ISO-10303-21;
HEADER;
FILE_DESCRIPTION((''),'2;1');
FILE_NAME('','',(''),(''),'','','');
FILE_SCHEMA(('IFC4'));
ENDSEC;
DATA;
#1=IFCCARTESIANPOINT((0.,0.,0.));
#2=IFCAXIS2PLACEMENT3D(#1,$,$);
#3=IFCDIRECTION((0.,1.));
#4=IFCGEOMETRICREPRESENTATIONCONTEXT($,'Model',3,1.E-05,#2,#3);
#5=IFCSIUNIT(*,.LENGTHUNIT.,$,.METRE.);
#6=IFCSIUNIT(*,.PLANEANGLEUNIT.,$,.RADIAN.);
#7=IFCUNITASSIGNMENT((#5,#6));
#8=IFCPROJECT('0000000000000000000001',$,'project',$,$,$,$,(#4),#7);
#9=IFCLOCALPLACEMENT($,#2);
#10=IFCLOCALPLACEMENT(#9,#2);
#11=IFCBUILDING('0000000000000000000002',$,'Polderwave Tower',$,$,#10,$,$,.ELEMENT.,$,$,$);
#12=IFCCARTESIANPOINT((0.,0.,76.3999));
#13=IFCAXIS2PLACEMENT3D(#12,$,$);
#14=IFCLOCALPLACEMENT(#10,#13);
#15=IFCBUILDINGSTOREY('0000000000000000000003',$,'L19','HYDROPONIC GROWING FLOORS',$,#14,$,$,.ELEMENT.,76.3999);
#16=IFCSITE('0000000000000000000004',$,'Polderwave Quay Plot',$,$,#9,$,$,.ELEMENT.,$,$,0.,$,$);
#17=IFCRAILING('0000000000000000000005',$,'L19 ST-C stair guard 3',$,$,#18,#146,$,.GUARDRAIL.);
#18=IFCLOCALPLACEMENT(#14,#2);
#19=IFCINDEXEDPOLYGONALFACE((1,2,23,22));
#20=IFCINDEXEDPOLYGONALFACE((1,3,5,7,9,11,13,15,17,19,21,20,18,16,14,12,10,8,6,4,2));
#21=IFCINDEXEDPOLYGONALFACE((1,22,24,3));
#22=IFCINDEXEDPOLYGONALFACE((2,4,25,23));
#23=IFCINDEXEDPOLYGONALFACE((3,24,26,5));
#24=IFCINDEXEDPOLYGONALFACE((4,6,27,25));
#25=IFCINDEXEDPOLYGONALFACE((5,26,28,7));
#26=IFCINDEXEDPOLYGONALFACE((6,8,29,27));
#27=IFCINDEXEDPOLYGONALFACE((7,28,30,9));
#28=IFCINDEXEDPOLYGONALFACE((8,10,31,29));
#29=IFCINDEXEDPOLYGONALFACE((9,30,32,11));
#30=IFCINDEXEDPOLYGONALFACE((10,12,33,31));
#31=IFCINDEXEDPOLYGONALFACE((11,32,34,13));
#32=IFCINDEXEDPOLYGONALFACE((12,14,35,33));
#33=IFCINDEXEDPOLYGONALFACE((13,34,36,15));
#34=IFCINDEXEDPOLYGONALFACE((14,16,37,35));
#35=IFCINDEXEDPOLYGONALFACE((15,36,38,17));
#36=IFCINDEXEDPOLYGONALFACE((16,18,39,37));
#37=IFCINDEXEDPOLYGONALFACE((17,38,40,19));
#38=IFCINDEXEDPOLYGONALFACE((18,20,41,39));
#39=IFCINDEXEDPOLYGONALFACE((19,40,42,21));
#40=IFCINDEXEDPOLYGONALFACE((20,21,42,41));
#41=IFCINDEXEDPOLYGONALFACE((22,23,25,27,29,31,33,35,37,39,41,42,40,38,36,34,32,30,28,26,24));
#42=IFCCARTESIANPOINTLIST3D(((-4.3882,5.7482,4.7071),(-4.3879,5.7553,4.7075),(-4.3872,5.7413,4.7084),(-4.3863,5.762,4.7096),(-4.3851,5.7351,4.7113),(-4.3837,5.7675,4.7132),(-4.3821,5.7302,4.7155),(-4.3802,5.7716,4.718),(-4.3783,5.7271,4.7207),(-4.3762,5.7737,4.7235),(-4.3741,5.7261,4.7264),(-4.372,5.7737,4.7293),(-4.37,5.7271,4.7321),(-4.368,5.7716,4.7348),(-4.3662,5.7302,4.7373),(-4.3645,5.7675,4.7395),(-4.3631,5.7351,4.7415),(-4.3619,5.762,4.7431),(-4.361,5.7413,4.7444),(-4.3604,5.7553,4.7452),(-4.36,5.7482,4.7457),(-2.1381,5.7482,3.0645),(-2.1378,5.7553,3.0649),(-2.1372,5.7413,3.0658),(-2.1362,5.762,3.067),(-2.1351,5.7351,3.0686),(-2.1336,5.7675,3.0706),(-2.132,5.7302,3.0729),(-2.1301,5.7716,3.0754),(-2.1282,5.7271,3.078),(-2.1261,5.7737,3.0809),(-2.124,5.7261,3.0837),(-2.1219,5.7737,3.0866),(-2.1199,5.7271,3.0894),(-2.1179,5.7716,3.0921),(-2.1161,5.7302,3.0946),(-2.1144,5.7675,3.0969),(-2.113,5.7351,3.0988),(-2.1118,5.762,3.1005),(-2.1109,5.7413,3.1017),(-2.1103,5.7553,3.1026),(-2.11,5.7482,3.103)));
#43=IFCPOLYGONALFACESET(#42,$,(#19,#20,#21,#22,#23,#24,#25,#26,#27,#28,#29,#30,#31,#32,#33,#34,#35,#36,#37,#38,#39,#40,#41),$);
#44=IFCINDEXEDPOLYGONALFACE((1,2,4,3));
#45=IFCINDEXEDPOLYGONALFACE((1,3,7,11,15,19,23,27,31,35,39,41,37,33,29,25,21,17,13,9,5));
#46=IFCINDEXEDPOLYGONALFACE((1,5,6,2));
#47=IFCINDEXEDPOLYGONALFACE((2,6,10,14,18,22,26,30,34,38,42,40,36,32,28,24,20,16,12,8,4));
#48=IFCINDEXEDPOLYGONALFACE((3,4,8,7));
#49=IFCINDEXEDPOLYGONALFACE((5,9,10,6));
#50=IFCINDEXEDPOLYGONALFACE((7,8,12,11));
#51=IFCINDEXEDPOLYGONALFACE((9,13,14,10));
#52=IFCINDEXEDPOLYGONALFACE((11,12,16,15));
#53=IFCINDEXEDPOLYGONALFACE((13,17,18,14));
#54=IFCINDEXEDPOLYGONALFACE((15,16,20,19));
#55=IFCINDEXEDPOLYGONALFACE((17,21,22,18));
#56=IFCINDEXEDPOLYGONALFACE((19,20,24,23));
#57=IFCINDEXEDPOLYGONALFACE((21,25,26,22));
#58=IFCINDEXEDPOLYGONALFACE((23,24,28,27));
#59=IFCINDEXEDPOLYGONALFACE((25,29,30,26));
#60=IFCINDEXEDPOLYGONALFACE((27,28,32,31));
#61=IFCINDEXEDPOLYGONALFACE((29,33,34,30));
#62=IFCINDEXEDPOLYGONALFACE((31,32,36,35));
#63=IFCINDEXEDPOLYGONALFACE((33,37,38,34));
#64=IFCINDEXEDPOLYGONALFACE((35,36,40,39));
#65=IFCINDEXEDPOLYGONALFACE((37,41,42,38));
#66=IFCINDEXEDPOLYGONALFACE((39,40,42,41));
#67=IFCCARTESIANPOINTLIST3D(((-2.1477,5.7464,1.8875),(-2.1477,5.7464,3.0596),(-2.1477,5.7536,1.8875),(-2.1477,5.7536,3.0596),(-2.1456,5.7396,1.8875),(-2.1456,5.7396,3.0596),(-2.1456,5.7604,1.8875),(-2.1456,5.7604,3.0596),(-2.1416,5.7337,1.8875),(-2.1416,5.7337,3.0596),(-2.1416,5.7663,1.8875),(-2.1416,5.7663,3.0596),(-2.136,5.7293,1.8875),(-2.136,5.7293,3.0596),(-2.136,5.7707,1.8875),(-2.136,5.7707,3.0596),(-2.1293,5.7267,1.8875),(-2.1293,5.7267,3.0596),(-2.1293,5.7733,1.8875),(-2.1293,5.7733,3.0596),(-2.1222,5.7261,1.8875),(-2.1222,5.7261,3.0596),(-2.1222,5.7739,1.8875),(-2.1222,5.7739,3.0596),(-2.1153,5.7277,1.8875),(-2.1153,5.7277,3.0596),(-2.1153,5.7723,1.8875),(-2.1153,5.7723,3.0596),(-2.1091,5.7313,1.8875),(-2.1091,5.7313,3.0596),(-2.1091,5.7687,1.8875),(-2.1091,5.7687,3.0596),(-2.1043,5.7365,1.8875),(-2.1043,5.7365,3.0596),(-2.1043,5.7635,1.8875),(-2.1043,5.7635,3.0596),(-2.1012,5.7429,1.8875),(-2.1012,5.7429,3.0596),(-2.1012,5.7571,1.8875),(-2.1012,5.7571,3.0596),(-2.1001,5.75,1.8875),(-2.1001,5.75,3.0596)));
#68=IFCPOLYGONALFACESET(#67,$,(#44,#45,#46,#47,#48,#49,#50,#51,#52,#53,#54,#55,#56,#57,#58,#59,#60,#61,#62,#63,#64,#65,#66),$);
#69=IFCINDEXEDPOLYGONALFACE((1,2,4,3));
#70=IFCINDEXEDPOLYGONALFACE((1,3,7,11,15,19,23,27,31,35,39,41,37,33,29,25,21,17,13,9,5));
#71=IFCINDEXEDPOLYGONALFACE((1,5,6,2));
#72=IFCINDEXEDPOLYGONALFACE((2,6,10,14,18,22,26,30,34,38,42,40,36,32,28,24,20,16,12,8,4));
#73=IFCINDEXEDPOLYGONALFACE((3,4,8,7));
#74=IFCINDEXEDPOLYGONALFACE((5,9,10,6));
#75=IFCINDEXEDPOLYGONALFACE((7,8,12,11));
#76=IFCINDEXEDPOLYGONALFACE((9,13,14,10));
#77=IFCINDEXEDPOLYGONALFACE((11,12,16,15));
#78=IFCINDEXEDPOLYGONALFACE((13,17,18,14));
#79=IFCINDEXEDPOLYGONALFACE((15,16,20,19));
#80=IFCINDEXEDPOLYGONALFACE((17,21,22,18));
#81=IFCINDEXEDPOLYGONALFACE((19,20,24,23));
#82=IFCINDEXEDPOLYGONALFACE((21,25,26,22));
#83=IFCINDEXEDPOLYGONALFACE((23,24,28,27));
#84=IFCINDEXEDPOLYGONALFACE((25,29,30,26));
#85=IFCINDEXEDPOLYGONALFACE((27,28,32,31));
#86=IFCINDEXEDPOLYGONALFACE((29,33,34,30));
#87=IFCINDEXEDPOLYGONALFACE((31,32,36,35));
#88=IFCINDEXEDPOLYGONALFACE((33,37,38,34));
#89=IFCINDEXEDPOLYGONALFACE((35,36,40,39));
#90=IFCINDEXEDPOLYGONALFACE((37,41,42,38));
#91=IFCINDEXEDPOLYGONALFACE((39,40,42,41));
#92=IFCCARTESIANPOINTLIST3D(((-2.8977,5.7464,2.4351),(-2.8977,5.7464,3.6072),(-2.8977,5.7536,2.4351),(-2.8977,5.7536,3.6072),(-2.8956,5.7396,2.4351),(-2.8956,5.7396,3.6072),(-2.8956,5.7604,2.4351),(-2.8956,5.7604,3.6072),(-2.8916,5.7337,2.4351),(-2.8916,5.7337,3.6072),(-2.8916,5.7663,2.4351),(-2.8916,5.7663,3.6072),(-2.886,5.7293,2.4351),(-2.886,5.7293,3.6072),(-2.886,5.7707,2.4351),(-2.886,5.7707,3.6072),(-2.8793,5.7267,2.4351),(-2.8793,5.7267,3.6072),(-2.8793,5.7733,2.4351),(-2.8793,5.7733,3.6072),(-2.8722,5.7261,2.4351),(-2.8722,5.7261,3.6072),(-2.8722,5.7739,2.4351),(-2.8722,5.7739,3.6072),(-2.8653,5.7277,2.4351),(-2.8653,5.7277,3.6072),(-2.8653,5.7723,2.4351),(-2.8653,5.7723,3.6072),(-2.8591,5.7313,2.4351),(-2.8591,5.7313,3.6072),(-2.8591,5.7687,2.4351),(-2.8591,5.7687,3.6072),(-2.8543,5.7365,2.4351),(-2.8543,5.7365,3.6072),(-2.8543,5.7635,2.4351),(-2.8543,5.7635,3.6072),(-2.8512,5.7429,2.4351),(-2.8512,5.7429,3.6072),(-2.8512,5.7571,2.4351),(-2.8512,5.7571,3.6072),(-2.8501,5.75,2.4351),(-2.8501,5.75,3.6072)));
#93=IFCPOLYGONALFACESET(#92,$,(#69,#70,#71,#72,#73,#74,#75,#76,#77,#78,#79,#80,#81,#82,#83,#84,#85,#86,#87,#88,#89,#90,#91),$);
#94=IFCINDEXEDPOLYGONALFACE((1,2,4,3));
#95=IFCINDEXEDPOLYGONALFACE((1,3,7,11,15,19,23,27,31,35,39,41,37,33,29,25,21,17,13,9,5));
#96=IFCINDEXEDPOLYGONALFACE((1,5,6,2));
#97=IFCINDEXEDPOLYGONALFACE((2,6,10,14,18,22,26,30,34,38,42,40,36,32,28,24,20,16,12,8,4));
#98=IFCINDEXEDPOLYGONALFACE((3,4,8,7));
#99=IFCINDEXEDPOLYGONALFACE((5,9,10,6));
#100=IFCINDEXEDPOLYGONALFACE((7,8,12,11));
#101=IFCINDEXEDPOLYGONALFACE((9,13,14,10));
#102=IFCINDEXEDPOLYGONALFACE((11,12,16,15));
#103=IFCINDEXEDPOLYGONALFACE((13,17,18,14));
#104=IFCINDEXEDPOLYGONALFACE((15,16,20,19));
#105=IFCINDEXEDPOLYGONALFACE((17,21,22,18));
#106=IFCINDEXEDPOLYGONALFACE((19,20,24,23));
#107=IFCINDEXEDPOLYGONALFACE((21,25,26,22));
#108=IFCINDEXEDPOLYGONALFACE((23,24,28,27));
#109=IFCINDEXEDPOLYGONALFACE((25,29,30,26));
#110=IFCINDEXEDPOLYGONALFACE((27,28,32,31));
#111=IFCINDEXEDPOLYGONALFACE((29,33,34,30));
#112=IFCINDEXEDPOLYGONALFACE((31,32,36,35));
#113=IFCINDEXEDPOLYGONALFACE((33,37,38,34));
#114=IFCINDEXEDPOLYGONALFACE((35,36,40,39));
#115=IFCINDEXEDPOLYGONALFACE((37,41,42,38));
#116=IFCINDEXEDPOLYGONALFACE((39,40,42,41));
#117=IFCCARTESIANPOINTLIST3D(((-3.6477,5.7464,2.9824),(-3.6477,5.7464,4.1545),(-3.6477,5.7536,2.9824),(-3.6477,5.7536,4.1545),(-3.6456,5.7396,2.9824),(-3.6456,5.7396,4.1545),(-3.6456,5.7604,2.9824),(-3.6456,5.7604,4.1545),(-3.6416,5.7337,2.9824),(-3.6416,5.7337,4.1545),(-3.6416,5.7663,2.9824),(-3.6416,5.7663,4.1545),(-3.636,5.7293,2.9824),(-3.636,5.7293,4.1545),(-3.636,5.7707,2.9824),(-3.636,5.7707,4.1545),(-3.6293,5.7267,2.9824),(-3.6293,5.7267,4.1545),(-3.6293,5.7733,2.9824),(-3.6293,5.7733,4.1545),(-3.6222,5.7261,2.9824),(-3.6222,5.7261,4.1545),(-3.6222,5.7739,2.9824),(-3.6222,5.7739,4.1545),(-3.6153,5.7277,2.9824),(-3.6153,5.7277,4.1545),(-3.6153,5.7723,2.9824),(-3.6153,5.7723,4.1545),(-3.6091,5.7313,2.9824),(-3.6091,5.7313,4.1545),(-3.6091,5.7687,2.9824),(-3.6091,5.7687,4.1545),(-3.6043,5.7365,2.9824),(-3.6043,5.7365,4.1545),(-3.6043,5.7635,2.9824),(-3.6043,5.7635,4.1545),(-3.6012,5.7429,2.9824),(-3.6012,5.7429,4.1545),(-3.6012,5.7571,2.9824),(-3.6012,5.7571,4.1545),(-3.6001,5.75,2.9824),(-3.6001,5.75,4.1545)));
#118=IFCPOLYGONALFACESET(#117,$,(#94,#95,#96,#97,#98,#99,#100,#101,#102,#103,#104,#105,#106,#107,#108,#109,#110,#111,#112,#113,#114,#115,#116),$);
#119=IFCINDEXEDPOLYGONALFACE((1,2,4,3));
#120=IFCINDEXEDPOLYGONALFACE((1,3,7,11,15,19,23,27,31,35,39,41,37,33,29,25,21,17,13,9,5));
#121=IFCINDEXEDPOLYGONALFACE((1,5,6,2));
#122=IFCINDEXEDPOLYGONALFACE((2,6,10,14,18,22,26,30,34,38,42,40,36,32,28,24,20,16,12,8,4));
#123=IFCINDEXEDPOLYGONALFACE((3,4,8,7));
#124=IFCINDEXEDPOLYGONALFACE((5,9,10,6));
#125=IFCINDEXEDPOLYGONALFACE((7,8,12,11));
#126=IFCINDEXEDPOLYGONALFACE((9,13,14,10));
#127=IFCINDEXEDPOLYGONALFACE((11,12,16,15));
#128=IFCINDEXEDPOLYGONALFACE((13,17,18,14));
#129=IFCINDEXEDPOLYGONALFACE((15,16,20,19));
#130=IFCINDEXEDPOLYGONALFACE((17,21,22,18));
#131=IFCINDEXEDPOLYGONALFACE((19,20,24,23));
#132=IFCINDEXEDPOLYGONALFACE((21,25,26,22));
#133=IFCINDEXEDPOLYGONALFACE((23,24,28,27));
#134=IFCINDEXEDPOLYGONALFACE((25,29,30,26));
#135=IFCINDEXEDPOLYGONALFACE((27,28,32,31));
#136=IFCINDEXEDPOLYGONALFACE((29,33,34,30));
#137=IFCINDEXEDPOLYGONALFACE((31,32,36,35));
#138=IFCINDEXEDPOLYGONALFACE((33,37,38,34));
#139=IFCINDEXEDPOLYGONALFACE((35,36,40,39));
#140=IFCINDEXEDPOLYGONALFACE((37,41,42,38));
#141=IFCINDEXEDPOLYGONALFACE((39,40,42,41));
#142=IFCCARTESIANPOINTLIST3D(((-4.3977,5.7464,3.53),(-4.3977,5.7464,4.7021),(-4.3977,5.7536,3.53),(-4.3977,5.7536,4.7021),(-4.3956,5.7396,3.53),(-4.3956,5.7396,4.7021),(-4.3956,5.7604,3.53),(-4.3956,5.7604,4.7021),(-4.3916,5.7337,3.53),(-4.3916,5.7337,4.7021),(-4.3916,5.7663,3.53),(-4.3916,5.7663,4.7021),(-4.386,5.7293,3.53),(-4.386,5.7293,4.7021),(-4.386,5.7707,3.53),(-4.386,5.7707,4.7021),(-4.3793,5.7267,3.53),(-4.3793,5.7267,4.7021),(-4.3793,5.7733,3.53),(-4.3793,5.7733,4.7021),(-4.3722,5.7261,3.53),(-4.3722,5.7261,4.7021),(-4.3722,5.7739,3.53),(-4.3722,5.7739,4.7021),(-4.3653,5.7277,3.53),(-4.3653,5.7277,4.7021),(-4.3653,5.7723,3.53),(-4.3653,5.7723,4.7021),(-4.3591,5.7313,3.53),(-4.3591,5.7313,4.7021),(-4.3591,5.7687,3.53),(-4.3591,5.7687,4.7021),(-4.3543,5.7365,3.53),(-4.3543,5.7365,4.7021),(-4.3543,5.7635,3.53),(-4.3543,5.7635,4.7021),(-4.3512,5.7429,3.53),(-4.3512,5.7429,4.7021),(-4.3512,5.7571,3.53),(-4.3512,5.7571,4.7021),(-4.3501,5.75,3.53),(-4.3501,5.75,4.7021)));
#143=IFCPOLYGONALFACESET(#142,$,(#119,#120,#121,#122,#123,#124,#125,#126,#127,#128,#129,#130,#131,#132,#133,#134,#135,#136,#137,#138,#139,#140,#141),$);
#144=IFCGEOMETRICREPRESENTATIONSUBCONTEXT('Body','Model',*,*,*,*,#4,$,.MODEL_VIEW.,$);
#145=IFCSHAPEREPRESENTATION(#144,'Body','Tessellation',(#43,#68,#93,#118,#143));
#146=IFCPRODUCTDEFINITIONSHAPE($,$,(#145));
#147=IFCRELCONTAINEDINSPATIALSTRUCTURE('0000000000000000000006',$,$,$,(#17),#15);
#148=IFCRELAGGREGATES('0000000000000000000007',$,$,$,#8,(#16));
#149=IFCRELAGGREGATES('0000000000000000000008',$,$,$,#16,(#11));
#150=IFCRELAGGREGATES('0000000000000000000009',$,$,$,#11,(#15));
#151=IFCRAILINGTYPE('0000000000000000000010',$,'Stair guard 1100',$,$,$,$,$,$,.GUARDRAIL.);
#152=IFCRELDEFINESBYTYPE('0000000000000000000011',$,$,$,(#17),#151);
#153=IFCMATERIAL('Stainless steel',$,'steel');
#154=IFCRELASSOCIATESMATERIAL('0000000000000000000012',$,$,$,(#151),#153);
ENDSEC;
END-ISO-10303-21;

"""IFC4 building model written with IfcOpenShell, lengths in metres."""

from ifc_helpers import new_model, si_unit, direction, frame, origin, origin_2d, place, context, subcontext, project, spatial, circle, extrude, material, type_object, element, save


model = new_model("IFC4")

# Units and contexts
model_context = context("Model", 3, precision=1e-05, world=origin(), true_north=direction((0.0, 1.0)))
body_context = subcontext(model_context, "Body", "Model", "MODEL_VIEW")
ifc_project = project(units=[si_unit("LENGTHUNIT", "METRE"), si_unit("PLANEANGLEUNIT", "RADIAN")], contexts=[model_context])

# Site, building, storey
site_placement = place(None, origin())
site = spatial("IfcSite", under=ifc_project, at=site_placement, Name="Polderwave Quay Plot", CompositionType="ELEMENT", RefElevation=0.0)
building_placement = place(site_placement, origin())
building = spatial("IfcBuilding", under=site, at=building_placement, Name="Polderwave Tower", CompositionType="ELEMENT")
storey_placement = place(building_placement, frame((0.0, 0.0, 76.3999)))
storey = spatial("IfcBuildingStorey", under=building, at=storey_placement, Name="L19", Description="HYDROPONIC GROWING FLOORS", CompositionType="ELEMENT", Elevation=76.3999)

# Railing
ifc_material_1 = material(Name="Stainless steel", Category="steel")
railing_type_1 = type_object("IfcRailingType", Name="Stair guard 1100", PredefinedType="GUARDRAIL", material=ifc_material_1)
railing_1_placement = place(storey_placement, frame((-2.124, 5.75, 1.8875)))
element("IfcRailing", 1, at=railing_1_placement, inside=storey, type_object=railing_type_1, Name="L19 ST-C stair guard 3", PredefinedType="GUARDRAIL", context=body_context, shape_type="SweptSolid", body=[
    extrude(circle(Radius=0.0239, at=origin_2d()), frame((0.0, 0.0, 1.1963), z_axis=(-0.807674, 0.0, 0.58963), x_axis=(0.0, -1.0, 0.0)), (0.0, 0.0, 1.0), 2.7859),
    extrude(circle(Radius=0.0239, at=origin_2d()), origin(), (0.0, 0.0, 1.0), 1.1721),
    extrude(circle(Radius=0.0239, at=origin_2d()), frame((-0.75, 0.0, 0.5476)), (0.0, 0.0, 1.0), 1.1721),
    extrude(circle(Radius=0.0239, at=origin_2d()), frame((-1.5, 0.0, 1.095)), (0.0, 0.0, 1.0), 1.1721),
    extrude(circle(Radius=0.0239, at=origin_2d()), frame((-2.25, 0.0, 1.6426)), (0.0, 0.0, 1.0), 1.1721),
])

save(model, "model.ifc")
